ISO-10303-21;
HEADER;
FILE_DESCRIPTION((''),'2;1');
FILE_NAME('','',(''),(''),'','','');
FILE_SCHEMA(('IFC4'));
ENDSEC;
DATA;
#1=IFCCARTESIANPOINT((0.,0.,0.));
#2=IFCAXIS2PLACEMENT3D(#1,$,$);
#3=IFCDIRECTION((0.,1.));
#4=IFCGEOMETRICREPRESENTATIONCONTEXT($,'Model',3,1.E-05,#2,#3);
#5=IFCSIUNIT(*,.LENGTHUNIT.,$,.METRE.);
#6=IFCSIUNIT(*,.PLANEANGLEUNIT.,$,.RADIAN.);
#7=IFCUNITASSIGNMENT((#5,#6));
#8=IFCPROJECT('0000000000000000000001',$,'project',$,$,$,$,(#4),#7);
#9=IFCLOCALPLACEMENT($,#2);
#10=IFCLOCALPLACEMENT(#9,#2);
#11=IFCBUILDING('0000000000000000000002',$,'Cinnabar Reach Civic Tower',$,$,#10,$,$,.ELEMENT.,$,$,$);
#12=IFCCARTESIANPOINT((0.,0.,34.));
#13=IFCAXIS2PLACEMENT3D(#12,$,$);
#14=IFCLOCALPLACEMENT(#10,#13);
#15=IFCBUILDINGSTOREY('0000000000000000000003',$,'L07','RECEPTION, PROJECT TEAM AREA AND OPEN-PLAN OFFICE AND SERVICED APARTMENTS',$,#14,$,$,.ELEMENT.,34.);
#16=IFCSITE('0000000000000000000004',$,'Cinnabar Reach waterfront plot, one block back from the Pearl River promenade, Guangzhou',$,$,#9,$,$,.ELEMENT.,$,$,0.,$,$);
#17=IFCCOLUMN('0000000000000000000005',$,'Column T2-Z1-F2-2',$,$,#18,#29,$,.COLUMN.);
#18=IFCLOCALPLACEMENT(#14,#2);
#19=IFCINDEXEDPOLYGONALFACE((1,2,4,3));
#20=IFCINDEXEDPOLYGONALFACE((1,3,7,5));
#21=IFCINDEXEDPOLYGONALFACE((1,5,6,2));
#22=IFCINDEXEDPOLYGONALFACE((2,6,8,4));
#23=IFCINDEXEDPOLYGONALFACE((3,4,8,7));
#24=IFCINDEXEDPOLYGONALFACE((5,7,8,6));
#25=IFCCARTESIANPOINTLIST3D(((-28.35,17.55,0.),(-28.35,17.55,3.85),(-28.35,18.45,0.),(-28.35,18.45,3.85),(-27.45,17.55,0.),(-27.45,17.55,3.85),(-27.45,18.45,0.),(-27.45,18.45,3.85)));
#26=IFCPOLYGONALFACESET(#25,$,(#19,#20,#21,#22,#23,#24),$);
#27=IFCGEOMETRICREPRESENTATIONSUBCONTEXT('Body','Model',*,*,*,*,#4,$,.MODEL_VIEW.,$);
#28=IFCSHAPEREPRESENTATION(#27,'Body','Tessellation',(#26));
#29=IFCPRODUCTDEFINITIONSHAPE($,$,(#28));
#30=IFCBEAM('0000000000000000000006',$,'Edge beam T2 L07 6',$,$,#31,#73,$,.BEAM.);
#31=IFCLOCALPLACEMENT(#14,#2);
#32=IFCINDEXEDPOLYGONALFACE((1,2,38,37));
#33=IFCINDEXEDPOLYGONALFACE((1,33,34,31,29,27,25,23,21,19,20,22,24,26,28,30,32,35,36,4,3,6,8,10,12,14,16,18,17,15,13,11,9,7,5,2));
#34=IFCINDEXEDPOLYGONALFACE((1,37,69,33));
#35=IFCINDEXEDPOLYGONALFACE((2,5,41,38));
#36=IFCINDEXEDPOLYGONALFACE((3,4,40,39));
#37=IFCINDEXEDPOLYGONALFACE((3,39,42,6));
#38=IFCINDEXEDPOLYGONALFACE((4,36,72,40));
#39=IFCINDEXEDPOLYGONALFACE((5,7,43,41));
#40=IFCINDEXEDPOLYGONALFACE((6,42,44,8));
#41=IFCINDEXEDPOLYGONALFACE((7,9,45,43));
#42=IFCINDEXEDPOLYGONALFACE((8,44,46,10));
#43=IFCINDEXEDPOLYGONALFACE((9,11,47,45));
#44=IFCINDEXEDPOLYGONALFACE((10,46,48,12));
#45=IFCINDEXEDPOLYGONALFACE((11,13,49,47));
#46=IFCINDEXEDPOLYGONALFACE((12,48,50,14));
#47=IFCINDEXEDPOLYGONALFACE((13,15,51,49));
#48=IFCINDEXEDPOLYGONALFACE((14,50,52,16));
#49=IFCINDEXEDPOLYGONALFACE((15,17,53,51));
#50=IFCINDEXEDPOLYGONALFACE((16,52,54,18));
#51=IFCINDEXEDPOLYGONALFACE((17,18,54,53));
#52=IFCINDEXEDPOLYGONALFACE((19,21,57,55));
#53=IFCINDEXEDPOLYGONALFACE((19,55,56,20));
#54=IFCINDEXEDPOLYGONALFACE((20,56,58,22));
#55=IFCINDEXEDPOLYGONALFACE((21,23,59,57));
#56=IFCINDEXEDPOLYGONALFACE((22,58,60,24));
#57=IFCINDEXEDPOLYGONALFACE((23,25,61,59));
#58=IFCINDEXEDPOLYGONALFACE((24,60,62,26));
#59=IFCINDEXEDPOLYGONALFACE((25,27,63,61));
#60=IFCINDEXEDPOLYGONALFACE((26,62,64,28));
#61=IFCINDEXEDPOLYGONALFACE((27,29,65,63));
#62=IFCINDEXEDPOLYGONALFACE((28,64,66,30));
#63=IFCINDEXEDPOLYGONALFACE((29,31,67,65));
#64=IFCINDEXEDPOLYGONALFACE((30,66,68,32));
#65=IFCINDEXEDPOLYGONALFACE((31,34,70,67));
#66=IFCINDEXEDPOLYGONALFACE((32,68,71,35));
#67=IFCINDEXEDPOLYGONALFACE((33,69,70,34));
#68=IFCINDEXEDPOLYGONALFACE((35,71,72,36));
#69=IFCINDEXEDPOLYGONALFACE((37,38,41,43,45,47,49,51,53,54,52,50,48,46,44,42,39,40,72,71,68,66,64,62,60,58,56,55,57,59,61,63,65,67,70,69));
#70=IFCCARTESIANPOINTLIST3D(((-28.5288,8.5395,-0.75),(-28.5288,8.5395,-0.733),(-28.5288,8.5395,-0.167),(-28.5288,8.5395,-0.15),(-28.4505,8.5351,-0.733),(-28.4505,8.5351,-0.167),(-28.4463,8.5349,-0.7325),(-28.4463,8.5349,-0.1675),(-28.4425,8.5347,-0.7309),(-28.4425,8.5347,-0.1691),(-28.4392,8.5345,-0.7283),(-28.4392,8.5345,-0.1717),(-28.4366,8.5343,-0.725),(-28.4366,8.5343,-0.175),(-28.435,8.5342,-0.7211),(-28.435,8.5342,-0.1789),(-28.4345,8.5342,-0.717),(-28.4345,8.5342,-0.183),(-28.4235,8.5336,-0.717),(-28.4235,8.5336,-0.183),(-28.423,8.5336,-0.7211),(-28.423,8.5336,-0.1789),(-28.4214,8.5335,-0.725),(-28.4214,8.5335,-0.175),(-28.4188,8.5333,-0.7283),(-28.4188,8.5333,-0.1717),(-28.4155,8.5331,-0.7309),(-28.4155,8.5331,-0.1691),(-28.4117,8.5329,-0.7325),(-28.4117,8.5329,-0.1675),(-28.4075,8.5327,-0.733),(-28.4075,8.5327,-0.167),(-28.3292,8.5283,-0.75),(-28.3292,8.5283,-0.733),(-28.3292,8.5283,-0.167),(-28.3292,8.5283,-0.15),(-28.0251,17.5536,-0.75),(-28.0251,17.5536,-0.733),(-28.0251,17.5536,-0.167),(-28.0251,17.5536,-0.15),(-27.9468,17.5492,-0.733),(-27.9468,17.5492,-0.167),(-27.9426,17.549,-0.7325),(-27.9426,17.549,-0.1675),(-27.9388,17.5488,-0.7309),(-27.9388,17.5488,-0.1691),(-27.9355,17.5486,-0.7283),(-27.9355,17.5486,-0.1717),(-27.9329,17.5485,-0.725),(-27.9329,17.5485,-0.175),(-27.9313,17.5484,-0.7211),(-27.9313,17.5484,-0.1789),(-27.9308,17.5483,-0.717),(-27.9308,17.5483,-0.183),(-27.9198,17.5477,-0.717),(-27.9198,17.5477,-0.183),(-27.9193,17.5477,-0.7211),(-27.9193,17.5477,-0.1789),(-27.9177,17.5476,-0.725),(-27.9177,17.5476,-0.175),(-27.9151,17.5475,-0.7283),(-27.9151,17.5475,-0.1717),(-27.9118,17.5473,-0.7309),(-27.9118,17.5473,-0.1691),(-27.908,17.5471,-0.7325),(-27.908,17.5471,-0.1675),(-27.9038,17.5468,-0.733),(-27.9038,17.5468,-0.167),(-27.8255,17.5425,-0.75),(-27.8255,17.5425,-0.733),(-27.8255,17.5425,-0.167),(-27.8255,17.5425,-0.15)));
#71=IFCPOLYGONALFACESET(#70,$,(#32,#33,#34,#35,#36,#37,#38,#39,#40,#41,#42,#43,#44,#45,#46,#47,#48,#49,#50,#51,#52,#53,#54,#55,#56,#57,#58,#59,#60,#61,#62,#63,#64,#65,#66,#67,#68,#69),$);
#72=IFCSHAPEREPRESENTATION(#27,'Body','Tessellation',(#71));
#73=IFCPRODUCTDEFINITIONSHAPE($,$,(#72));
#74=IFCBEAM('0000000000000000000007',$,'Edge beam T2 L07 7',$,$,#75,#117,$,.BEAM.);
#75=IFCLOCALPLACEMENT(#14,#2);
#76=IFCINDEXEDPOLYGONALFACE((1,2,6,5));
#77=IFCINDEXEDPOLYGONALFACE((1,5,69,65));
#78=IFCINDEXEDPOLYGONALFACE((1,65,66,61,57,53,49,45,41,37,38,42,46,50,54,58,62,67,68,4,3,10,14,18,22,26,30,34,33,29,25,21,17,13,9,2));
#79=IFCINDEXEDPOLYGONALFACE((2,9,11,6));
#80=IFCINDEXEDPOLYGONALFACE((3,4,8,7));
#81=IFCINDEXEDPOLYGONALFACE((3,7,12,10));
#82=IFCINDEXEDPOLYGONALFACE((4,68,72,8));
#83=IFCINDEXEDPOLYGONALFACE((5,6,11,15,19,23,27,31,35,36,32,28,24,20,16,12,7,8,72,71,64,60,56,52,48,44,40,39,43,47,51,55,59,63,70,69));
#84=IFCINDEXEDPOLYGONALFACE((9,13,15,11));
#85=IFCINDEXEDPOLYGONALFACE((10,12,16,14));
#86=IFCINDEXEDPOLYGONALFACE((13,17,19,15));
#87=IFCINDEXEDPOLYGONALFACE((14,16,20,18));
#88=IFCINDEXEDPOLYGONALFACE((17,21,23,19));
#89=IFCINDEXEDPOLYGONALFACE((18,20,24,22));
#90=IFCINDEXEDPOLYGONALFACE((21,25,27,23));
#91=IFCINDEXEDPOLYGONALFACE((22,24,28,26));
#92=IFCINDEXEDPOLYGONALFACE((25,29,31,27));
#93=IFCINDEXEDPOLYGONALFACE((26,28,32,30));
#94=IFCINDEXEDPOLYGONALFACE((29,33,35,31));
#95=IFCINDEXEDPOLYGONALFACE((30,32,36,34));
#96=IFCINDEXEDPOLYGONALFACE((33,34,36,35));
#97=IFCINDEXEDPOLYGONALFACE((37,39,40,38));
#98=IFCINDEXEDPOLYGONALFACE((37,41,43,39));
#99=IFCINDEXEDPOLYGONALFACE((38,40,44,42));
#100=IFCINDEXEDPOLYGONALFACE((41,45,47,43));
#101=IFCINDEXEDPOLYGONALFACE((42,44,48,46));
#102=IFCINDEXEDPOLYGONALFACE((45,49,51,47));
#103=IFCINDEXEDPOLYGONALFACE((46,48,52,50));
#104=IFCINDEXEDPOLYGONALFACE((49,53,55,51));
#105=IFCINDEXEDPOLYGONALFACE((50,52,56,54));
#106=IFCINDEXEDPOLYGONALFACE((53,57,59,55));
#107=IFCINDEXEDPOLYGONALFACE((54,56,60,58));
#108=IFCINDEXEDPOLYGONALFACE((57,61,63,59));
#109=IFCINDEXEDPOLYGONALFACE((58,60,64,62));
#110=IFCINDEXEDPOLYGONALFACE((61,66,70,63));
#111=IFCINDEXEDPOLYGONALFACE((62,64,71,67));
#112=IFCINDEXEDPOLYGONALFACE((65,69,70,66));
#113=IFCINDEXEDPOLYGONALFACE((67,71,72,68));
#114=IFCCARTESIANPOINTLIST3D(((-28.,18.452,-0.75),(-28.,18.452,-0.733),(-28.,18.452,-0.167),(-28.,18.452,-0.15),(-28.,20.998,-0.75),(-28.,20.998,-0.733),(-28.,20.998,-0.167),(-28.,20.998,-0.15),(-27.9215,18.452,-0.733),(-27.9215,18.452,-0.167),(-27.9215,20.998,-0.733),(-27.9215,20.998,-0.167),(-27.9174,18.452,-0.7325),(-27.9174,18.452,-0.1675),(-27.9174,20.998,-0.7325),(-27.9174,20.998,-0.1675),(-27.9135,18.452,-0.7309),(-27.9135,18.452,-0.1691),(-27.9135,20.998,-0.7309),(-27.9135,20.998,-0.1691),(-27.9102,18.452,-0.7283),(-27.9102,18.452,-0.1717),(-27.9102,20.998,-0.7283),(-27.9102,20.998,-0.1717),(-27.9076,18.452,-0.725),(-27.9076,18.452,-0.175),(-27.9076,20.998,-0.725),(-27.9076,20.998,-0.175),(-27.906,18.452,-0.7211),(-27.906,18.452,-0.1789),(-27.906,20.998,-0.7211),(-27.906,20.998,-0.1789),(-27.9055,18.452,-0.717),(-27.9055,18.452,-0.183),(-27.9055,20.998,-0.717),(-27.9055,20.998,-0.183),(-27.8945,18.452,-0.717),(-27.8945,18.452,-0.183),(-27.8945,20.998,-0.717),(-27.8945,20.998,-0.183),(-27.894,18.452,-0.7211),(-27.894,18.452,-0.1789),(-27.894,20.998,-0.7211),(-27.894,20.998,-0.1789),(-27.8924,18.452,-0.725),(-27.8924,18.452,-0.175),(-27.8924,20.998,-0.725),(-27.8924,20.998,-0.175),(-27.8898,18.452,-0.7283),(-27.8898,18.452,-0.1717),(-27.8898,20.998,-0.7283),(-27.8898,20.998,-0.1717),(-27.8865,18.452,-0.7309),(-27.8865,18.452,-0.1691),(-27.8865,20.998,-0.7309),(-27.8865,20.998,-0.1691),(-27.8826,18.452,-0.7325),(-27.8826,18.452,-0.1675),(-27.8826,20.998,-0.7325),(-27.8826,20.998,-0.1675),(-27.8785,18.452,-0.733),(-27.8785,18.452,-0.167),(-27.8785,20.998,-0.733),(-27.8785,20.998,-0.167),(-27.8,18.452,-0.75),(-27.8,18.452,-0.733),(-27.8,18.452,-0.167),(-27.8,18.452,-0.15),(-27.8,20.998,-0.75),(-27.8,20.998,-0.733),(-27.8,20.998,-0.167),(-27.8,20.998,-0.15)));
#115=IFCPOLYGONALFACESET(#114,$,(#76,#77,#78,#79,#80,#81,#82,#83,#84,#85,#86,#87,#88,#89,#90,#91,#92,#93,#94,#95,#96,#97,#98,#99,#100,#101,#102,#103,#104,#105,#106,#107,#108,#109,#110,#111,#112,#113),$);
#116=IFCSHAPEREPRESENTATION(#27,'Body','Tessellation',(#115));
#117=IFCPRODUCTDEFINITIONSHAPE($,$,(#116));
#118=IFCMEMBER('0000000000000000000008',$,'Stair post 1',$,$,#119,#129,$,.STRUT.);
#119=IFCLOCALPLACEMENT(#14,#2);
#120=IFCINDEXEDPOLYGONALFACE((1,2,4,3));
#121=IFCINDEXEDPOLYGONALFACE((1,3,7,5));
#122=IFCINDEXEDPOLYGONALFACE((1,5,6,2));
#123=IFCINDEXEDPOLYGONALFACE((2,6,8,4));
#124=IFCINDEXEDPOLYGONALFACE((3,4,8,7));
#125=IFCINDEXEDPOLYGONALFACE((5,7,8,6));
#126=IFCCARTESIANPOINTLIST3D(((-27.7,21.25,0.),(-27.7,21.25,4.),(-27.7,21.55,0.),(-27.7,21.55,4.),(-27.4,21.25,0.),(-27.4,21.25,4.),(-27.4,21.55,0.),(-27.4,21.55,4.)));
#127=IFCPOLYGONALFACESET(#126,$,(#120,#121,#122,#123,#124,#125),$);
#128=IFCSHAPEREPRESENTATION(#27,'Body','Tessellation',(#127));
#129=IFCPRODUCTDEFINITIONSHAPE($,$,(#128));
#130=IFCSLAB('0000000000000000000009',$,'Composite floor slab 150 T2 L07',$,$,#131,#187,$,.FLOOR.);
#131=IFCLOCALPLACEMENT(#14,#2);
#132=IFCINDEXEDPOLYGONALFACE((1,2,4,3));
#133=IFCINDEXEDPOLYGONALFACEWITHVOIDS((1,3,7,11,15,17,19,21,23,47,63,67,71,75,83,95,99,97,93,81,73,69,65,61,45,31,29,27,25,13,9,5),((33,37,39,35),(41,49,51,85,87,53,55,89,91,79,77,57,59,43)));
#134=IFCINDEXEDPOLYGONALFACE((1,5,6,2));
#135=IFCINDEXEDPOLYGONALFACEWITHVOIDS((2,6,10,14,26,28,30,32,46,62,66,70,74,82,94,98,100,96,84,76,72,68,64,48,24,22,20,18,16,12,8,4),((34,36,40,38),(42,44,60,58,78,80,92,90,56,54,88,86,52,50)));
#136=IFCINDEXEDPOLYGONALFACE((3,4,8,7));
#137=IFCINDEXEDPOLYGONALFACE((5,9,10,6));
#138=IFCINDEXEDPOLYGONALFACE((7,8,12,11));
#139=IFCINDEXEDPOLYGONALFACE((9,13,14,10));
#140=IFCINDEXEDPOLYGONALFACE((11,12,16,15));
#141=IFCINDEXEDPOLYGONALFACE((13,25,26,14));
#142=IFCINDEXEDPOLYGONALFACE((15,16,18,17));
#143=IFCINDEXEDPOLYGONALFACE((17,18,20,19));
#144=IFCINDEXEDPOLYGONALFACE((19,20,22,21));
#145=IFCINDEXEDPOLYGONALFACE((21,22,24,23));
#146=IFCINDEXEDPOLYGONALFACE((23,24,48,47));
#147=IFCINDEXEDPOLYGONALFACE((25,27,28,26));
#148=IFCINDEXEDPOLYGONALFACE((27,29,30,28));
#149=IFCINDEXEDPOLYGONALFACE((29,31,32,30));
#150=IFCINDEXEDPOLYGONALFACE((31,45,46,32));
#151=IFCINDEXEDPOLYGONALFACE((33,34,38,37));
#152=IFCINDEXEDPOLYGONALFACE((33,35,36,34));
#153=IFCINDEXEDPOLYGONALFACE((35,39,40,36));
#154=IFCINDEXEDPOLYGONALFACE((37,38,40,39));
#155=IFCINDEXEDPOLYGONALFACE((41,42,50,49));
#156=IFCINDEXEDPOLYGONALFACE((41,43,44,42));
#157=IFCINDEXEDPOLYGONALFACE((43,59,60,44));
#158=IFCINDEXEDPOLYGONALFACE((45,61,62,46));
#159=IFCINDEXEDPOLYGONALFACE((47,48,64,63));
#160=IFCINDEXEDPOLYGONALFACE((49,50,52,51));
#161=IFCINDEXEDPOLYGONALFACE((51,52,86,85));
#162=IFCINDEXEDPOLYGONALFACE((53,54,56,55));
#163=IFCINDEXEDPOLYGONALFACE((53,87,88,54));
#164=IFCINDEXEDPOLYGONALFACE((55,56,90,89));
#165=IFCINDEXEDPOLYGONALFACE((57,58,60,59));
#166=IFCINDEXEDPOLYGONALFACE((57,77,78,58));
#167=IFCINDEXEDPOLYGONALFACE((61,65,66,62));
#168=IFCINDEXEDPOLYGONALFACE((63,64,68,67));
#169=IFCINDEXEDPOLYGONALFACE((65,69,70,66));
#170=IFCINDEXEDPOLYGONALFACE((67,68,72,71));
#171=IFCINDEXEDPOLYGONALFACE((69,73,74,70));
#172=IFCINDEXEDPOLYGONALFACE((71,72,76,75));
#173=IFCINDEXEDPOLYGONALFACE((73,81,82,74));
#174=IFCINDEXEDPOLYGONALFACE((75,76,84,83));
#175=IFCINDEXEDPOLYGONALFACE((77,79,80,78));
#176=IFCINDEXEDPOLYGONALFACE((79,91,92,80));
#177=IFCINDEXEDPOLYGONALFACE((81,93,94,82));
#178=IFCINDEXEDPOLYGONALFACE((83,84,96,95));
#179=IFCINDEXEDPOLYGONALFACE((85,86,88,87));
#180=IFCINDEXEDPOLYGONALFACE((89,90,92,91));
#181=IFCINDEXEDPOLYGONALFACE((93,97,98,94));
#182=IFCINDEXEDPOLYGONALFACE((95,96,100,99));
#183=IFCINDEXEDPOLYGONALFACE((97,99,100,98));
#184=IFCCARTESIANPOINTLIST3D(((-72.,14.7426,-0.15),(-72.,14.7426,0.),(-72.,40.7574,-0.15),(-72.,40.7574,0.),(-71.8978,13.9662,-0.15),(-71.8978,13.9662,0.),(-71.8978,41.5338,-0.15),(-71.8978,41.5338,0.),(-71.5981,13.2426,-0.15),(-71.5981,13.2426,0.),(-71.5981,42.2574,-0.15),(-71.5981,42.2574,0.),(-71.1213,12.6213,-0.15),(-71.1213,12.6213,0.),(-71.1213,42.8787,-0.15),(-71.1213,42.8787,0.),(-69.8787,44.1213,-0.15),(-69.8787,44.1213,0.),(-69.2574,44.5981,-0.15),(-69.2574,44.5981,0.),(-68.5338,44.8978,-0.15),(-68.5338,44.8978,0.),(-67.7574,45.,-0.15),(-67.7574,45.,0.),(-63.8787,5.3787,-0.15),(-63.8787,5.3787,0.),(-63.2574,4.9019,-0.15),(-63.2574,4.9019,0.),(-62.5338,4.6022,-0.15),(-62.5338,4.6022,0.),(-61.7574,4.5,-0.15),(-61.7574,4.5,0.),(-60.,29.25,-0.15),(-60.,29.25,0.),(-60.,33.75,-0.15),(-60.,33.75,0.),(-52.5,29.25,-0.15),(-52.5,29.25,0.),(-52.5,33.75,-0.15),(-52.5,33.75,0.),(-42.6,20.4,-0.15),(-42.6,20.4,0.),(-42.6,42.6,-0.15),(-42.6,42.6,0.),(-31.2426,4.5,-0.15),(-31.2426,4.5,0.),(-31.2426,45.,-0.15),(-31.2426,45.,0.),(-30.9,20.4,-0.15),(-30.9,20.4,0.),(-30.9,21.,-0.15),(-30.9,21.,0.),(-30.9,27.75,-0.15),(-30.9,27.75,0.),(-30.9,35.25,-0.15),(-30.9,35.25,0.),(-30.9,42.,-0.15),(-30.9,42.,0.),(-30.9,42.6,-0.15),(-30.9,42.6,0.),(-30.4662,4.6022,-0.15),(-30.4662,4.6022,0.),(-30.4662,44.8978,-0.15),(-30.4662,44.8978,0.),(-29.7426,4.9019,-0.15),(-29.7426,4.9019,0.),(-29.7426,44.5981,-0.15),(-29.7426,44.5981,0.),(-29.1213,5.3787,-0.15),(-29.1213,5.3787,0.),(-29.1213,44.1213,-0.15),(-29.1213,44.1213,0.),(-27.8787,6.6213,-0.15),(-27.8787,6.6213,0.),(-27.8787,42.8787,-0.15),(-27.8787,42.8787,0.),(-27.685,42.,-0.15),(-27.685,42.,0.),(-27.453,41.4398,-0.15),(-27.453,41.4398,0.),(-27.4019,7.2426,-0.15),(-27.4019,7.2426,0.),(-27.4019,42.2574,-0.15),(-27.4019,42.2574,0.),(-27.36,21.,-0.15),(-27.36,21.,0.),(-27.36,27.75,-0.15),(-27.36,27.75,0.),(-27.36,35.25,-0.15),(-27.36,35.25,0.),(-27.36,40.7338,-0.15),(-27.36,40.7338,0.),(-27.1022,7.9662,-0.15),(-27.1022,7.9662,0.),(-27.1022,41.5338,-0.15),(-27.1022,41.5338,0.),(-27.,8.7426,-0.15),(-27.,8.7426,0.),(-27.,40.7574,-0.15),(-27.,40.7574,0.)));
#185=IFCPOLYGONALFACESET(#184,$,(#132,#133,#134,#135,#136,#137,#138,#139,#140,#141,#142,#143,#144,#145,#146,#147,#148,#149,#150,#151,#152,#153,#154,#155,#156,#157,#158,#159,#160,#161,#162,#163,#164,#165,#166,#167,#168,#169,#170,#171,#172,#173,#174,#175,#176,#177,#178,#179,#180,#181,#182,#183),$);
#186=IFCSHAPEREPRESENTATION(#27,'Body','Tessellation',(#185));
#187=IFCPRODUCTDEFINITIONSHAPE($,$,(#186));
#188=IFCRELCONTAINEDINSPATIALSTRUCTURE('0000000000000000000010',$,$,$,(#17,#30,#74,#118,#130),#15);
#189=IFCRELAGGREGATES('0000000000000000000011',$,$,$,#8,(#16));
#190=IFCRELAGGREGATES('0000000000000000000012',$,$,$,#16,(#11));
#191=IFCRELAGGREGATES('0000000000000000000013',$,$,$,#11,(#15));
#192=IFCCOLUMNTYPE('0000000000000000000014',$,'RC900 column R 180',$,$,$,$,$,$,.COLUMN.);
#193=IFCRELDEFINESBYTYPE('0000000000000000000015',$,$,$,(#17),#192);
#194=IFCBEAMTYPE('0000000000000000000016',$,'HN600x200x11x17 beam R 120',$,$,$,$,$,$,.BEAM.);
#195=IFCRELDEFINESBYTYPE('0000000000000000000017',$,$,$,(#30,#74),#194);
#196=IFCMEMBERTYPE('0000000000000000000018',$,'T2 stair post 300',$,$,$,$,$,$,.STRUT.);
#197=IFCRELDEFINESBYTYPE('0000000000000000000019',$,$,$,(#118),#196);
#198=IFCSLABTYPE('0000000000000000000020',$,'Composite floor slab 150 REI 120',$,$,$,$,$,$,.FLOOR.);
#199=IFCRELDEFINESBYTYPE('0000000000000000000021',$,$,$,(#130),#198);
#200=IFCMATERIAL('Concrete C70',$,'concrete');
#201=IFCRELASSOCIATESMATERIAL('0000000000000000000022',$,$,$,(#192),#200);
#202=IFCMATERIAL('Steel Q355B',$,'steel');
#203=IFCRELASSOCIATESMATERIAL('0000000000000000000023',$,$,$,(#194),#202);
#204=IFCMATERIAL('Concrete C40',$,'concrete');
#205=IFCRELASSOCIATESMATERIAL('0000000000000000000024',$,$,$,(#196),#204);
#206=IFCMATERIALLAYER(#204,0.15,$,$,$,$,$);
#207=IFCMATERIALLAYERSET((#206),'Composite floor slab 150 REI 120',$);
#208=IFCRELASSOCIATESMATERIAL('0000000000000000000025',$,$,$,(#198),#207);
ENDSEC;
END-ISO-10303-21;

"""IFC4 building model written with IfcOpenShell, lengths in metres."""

from ifc_helpers import new_model, si_unit, direction, frame, origin, origin_2d, place, context, subcontext, project, spatial, polyline, rectangle, i_section, outline, extrude, material, layer, layer_set, material_profile, profile_set, type_object, element, save


model = new_model("IFC4")

# Units and contexts
model_context = context("Model", 3, precision=1e-05, world=origin(), true_north=direction((0.0, 1.0)))
body_context = subcontext(model_context, "Body", "Model", "MODEL_VIEW")
ifc_project = project(units=[si_unit("LENGTHUNIT", "METRE"), si_unit("PLANEANGLEUNIT", "RADIAN")], contexts=[model_context])

# Site, building, storey
site_placement = place(None, origin())
site = spatial("IfcSite", under=ifc_project, at=site_placement, Name="Cinnabar Reach waterfront plot, one block back from the Pearl River promenade, Guangzhou", CompositionType="ELEMENT", RefElevation=0.0)
building_placement = place(site_placement, origin())
building = spatial("IfcBuilding", under=site, at=building_placement, Name="Cinnabar Reach Civic Tower", CompositionType="ELEMENT")
storey_placement = place(building_placement, frame((0.0, 0.0, 34.0)))
storey = spatial("IfcBuildingStorey", under=building, at=storey_placement, Name="L07", Description="RECEPTION, PROJECT TEAM AREA AND OPEN-PLAN OFFICE AND SERVICED APARTMENTS", CompositionType="ELEMENT", Elevation=34.0)

# Column
ifc_material_1 = material(Name="Concrete C70", Category="concrete")
ifc_material_profile_1 = material_profile(ifc_material_1, rectangle(XDim=0.9, YDim=0.9, at=origin_2d()), Name="RC900")
ifc_profile_set_1 = profile_set([ifc_material_profile_1], Name="Concrete C70")
column_type = type_object("IfcColumnType", Name="RC900 column R 180", PredefinedType="COLUMN", material=ifc_profile_set_1)
column_placement = place(storey_placement, frame((-27.9, 18.0, 0.0), z_axis=(0.0, 0.0, 1.0), x_axis=(1.0, 0.0, 0.0)))
element("IfcColumn", 1, at=column_placement, inside=storey, type_object=column_type, Name="Column T2-Z1-F2-2", PredefinedType="COLUMN", context=body_context, shape_type="SweptSolid", body=[
    extrude(rectangle(XDim=0.9, YDim=0.9, at=origin_2d()), origin(), (0.0, 0.0, 1.0), 3.85),
])

# Beams
ifc_material_2 = material(Name="Steel Q355B", Category="steel")
ifc_material_profile_2 = material_profile(ifc_material_2, i_section(OverallWidth=0.2, OverallDepth=0.6, WebThickness=0.011, FlangeThickness=0.017, FilletRadius=0.016, at=origin_2d()), Name="HN600x200x11x17")
ifc_profile_set_2 = profile_set([ifc_material_profile_2], Name="Steel Q355B")
beam_type = type_object("IfcBeamType", Name="HN600x200x11x17 beam R 120", PredefinedType="BEAM", material=ifc_profile_set_2)
beam_1_placement = place(storey_placement, frame((-28.429, 8.5339, -0.45), z_axis=(0.055792, 0.998442, 0.0), x_axis=(-0.998442, 0.055792, 0.0)))
element("IfcBeam", 2, at=beam_1_placement, inside=storey, type_object=beam_type, Name="Edge beam T2 L07 6", PredefinedType="BEAM", context=body_context, shape_type="SweptSolid", body=[
    extrude(i_section(OverallWidth=0.2, OverallDepth=0.6, WebThickness=0.011, FlangeThickness=0.017, FilletRadius=0.016, at=origin_2d()), origin(), (0.0, 0.0, 1.0), 9.0282),
])
beam_2_placement = place(storey_placement, frame((-27.9, 18.452, -0.45), z_axis=(0.0, 1.0, 0.0), x_axis=(-1.0, 0.0, 0.0)))
element("IfcBeam", 3, at=beam_2_placement, inside=storey, type_object=beam_type, Name="Edge beam T2 L07 7", PredefinedType="BEAM", context=body_context, shape_type="SweptSolid", body=[
    extrude(i_section(OverallWidth=0.2, OverallDepth=0.6, WebThickness=0.011, FlangeThickness=0.017, FilletRadius=0.016, at=origin_2d()), origin(), (0.0, 0.0, 1.0), 2.546),
])

# Member
ifc_material_3 = material(Name="Concrete C40", Category="concrete")
ifc_material_profile_3 = material_profile(ifc_material_3, rectangle(XDim=0.3, YDim=0.3, at=origin_2d()), Name="C300")
ifc_profile_set_3 = profile_set([ifc_material_profile_3], Name="Concrete C40")
member_type = type_object("IfcMemberType", Name="T2 stair post 300", PredefinedType="STRUT", material=ifc_profile_set_3)
member_placement = place(storey_placement, frame((-27.55, 21.4, 0.0), z_axis=(0.0, 0.0, 1.0), x_axis=(1.0, 0.0, 0.0)))
element("IfcMember", 4, at=member_placement, inside=storey, type_object=member_type, Name="Stair post 1", PredefinedType="STRUT", context=body_context, shape_type="SweptSolid", body=[
    extrude(rectangle(XDim=0.3, YDim=0.3, at=origin_2d()), origin(), (0.0, 0.0, 1.0), 4.0),
])

# Slab
ifc_layer_1 = layer(ifc_material_3, 0.15)
ifc_layer_set_1 = layer_set([ifc_layer_1], Name="Composite floor slab 150 REI 120")
slab_type_1 = type_object("IfcSlabType", Name="Composite floor slab 150 REI 120", PredefinedType="FLOOR", material=ifc_layer_set_1)
slab_1_placement = place(storey_placement, frame((0.0, 0.0, -0.15)))
element("IfcSlab", 5, at=slab_1_placement, inside=storey, type_object=slab_type_1, Name="Composite floor slab 150 T2 L07", PredefinedType="FLOOR", context=body_context, shape_type="SweptSolid", body=[
    extrude(outline(polyline([(-71.1213, 12.6213), (-71.5981, 13.2426), (-71.8978, 13.9662), (-72.0, 14.7426), (-72.0, 40.7574), (-71.8978, 41.5338), (-71.5981, 42.2574), (-71.1213, 42.8787), (-69.8787, 44.1213), (-69.2574, 44.5981), (-68.5338, 44.8978), (-67.7574, 45.0), (-31.2426, 45.0), (-30.4662, 44.8978), (-29.7426, 44.5981), (-29.1213, 44.1213), (-27.8787, 42.8787), (-27.4019, 42.2574), (-27.1022, 41.5338), (-27.0, 40.7574), (-27.0, 8.7426), (-27.1022, 7.9662), (-27.4019, 7.2426), (-27.8787, 6.6213), (-29.1213, 5.3787), (-29.7426, 4.9019), (-30.4662, 4.6022), (-31.2426, 4.5), (-61.7574, 4.5), (-62.5338, 4.6022), (-63.2574, 4.9019), (-63.8787, 5.3787), (-71.1213, 12.6213)]), holes=[polyline([(-30.9, 27.75), (-30.9, 35.25), (-27.36, 35.25), (-27.36, 40.7338), (-27.453, 41.4398), (-27.685, 42.0), (-30.9, 42.0), (-30.9, 42.6), (-42.6, 42.6), (-42.6, 20.4), (-30.9, 20.4), (-30.9, 21.0), (-27.36, 21.0), (-27.36, 27.75), (-30.9, 27.75)]), polyline([(-60.0, 33.75), (-60.0, 29.25), (-52.5, 29.25), (-52.5, 33.75), (-60.0, 33.75)])]), origin(), (0.0, 0.0, 1.0), 0.15),
])

save(model, "model.ifc")
